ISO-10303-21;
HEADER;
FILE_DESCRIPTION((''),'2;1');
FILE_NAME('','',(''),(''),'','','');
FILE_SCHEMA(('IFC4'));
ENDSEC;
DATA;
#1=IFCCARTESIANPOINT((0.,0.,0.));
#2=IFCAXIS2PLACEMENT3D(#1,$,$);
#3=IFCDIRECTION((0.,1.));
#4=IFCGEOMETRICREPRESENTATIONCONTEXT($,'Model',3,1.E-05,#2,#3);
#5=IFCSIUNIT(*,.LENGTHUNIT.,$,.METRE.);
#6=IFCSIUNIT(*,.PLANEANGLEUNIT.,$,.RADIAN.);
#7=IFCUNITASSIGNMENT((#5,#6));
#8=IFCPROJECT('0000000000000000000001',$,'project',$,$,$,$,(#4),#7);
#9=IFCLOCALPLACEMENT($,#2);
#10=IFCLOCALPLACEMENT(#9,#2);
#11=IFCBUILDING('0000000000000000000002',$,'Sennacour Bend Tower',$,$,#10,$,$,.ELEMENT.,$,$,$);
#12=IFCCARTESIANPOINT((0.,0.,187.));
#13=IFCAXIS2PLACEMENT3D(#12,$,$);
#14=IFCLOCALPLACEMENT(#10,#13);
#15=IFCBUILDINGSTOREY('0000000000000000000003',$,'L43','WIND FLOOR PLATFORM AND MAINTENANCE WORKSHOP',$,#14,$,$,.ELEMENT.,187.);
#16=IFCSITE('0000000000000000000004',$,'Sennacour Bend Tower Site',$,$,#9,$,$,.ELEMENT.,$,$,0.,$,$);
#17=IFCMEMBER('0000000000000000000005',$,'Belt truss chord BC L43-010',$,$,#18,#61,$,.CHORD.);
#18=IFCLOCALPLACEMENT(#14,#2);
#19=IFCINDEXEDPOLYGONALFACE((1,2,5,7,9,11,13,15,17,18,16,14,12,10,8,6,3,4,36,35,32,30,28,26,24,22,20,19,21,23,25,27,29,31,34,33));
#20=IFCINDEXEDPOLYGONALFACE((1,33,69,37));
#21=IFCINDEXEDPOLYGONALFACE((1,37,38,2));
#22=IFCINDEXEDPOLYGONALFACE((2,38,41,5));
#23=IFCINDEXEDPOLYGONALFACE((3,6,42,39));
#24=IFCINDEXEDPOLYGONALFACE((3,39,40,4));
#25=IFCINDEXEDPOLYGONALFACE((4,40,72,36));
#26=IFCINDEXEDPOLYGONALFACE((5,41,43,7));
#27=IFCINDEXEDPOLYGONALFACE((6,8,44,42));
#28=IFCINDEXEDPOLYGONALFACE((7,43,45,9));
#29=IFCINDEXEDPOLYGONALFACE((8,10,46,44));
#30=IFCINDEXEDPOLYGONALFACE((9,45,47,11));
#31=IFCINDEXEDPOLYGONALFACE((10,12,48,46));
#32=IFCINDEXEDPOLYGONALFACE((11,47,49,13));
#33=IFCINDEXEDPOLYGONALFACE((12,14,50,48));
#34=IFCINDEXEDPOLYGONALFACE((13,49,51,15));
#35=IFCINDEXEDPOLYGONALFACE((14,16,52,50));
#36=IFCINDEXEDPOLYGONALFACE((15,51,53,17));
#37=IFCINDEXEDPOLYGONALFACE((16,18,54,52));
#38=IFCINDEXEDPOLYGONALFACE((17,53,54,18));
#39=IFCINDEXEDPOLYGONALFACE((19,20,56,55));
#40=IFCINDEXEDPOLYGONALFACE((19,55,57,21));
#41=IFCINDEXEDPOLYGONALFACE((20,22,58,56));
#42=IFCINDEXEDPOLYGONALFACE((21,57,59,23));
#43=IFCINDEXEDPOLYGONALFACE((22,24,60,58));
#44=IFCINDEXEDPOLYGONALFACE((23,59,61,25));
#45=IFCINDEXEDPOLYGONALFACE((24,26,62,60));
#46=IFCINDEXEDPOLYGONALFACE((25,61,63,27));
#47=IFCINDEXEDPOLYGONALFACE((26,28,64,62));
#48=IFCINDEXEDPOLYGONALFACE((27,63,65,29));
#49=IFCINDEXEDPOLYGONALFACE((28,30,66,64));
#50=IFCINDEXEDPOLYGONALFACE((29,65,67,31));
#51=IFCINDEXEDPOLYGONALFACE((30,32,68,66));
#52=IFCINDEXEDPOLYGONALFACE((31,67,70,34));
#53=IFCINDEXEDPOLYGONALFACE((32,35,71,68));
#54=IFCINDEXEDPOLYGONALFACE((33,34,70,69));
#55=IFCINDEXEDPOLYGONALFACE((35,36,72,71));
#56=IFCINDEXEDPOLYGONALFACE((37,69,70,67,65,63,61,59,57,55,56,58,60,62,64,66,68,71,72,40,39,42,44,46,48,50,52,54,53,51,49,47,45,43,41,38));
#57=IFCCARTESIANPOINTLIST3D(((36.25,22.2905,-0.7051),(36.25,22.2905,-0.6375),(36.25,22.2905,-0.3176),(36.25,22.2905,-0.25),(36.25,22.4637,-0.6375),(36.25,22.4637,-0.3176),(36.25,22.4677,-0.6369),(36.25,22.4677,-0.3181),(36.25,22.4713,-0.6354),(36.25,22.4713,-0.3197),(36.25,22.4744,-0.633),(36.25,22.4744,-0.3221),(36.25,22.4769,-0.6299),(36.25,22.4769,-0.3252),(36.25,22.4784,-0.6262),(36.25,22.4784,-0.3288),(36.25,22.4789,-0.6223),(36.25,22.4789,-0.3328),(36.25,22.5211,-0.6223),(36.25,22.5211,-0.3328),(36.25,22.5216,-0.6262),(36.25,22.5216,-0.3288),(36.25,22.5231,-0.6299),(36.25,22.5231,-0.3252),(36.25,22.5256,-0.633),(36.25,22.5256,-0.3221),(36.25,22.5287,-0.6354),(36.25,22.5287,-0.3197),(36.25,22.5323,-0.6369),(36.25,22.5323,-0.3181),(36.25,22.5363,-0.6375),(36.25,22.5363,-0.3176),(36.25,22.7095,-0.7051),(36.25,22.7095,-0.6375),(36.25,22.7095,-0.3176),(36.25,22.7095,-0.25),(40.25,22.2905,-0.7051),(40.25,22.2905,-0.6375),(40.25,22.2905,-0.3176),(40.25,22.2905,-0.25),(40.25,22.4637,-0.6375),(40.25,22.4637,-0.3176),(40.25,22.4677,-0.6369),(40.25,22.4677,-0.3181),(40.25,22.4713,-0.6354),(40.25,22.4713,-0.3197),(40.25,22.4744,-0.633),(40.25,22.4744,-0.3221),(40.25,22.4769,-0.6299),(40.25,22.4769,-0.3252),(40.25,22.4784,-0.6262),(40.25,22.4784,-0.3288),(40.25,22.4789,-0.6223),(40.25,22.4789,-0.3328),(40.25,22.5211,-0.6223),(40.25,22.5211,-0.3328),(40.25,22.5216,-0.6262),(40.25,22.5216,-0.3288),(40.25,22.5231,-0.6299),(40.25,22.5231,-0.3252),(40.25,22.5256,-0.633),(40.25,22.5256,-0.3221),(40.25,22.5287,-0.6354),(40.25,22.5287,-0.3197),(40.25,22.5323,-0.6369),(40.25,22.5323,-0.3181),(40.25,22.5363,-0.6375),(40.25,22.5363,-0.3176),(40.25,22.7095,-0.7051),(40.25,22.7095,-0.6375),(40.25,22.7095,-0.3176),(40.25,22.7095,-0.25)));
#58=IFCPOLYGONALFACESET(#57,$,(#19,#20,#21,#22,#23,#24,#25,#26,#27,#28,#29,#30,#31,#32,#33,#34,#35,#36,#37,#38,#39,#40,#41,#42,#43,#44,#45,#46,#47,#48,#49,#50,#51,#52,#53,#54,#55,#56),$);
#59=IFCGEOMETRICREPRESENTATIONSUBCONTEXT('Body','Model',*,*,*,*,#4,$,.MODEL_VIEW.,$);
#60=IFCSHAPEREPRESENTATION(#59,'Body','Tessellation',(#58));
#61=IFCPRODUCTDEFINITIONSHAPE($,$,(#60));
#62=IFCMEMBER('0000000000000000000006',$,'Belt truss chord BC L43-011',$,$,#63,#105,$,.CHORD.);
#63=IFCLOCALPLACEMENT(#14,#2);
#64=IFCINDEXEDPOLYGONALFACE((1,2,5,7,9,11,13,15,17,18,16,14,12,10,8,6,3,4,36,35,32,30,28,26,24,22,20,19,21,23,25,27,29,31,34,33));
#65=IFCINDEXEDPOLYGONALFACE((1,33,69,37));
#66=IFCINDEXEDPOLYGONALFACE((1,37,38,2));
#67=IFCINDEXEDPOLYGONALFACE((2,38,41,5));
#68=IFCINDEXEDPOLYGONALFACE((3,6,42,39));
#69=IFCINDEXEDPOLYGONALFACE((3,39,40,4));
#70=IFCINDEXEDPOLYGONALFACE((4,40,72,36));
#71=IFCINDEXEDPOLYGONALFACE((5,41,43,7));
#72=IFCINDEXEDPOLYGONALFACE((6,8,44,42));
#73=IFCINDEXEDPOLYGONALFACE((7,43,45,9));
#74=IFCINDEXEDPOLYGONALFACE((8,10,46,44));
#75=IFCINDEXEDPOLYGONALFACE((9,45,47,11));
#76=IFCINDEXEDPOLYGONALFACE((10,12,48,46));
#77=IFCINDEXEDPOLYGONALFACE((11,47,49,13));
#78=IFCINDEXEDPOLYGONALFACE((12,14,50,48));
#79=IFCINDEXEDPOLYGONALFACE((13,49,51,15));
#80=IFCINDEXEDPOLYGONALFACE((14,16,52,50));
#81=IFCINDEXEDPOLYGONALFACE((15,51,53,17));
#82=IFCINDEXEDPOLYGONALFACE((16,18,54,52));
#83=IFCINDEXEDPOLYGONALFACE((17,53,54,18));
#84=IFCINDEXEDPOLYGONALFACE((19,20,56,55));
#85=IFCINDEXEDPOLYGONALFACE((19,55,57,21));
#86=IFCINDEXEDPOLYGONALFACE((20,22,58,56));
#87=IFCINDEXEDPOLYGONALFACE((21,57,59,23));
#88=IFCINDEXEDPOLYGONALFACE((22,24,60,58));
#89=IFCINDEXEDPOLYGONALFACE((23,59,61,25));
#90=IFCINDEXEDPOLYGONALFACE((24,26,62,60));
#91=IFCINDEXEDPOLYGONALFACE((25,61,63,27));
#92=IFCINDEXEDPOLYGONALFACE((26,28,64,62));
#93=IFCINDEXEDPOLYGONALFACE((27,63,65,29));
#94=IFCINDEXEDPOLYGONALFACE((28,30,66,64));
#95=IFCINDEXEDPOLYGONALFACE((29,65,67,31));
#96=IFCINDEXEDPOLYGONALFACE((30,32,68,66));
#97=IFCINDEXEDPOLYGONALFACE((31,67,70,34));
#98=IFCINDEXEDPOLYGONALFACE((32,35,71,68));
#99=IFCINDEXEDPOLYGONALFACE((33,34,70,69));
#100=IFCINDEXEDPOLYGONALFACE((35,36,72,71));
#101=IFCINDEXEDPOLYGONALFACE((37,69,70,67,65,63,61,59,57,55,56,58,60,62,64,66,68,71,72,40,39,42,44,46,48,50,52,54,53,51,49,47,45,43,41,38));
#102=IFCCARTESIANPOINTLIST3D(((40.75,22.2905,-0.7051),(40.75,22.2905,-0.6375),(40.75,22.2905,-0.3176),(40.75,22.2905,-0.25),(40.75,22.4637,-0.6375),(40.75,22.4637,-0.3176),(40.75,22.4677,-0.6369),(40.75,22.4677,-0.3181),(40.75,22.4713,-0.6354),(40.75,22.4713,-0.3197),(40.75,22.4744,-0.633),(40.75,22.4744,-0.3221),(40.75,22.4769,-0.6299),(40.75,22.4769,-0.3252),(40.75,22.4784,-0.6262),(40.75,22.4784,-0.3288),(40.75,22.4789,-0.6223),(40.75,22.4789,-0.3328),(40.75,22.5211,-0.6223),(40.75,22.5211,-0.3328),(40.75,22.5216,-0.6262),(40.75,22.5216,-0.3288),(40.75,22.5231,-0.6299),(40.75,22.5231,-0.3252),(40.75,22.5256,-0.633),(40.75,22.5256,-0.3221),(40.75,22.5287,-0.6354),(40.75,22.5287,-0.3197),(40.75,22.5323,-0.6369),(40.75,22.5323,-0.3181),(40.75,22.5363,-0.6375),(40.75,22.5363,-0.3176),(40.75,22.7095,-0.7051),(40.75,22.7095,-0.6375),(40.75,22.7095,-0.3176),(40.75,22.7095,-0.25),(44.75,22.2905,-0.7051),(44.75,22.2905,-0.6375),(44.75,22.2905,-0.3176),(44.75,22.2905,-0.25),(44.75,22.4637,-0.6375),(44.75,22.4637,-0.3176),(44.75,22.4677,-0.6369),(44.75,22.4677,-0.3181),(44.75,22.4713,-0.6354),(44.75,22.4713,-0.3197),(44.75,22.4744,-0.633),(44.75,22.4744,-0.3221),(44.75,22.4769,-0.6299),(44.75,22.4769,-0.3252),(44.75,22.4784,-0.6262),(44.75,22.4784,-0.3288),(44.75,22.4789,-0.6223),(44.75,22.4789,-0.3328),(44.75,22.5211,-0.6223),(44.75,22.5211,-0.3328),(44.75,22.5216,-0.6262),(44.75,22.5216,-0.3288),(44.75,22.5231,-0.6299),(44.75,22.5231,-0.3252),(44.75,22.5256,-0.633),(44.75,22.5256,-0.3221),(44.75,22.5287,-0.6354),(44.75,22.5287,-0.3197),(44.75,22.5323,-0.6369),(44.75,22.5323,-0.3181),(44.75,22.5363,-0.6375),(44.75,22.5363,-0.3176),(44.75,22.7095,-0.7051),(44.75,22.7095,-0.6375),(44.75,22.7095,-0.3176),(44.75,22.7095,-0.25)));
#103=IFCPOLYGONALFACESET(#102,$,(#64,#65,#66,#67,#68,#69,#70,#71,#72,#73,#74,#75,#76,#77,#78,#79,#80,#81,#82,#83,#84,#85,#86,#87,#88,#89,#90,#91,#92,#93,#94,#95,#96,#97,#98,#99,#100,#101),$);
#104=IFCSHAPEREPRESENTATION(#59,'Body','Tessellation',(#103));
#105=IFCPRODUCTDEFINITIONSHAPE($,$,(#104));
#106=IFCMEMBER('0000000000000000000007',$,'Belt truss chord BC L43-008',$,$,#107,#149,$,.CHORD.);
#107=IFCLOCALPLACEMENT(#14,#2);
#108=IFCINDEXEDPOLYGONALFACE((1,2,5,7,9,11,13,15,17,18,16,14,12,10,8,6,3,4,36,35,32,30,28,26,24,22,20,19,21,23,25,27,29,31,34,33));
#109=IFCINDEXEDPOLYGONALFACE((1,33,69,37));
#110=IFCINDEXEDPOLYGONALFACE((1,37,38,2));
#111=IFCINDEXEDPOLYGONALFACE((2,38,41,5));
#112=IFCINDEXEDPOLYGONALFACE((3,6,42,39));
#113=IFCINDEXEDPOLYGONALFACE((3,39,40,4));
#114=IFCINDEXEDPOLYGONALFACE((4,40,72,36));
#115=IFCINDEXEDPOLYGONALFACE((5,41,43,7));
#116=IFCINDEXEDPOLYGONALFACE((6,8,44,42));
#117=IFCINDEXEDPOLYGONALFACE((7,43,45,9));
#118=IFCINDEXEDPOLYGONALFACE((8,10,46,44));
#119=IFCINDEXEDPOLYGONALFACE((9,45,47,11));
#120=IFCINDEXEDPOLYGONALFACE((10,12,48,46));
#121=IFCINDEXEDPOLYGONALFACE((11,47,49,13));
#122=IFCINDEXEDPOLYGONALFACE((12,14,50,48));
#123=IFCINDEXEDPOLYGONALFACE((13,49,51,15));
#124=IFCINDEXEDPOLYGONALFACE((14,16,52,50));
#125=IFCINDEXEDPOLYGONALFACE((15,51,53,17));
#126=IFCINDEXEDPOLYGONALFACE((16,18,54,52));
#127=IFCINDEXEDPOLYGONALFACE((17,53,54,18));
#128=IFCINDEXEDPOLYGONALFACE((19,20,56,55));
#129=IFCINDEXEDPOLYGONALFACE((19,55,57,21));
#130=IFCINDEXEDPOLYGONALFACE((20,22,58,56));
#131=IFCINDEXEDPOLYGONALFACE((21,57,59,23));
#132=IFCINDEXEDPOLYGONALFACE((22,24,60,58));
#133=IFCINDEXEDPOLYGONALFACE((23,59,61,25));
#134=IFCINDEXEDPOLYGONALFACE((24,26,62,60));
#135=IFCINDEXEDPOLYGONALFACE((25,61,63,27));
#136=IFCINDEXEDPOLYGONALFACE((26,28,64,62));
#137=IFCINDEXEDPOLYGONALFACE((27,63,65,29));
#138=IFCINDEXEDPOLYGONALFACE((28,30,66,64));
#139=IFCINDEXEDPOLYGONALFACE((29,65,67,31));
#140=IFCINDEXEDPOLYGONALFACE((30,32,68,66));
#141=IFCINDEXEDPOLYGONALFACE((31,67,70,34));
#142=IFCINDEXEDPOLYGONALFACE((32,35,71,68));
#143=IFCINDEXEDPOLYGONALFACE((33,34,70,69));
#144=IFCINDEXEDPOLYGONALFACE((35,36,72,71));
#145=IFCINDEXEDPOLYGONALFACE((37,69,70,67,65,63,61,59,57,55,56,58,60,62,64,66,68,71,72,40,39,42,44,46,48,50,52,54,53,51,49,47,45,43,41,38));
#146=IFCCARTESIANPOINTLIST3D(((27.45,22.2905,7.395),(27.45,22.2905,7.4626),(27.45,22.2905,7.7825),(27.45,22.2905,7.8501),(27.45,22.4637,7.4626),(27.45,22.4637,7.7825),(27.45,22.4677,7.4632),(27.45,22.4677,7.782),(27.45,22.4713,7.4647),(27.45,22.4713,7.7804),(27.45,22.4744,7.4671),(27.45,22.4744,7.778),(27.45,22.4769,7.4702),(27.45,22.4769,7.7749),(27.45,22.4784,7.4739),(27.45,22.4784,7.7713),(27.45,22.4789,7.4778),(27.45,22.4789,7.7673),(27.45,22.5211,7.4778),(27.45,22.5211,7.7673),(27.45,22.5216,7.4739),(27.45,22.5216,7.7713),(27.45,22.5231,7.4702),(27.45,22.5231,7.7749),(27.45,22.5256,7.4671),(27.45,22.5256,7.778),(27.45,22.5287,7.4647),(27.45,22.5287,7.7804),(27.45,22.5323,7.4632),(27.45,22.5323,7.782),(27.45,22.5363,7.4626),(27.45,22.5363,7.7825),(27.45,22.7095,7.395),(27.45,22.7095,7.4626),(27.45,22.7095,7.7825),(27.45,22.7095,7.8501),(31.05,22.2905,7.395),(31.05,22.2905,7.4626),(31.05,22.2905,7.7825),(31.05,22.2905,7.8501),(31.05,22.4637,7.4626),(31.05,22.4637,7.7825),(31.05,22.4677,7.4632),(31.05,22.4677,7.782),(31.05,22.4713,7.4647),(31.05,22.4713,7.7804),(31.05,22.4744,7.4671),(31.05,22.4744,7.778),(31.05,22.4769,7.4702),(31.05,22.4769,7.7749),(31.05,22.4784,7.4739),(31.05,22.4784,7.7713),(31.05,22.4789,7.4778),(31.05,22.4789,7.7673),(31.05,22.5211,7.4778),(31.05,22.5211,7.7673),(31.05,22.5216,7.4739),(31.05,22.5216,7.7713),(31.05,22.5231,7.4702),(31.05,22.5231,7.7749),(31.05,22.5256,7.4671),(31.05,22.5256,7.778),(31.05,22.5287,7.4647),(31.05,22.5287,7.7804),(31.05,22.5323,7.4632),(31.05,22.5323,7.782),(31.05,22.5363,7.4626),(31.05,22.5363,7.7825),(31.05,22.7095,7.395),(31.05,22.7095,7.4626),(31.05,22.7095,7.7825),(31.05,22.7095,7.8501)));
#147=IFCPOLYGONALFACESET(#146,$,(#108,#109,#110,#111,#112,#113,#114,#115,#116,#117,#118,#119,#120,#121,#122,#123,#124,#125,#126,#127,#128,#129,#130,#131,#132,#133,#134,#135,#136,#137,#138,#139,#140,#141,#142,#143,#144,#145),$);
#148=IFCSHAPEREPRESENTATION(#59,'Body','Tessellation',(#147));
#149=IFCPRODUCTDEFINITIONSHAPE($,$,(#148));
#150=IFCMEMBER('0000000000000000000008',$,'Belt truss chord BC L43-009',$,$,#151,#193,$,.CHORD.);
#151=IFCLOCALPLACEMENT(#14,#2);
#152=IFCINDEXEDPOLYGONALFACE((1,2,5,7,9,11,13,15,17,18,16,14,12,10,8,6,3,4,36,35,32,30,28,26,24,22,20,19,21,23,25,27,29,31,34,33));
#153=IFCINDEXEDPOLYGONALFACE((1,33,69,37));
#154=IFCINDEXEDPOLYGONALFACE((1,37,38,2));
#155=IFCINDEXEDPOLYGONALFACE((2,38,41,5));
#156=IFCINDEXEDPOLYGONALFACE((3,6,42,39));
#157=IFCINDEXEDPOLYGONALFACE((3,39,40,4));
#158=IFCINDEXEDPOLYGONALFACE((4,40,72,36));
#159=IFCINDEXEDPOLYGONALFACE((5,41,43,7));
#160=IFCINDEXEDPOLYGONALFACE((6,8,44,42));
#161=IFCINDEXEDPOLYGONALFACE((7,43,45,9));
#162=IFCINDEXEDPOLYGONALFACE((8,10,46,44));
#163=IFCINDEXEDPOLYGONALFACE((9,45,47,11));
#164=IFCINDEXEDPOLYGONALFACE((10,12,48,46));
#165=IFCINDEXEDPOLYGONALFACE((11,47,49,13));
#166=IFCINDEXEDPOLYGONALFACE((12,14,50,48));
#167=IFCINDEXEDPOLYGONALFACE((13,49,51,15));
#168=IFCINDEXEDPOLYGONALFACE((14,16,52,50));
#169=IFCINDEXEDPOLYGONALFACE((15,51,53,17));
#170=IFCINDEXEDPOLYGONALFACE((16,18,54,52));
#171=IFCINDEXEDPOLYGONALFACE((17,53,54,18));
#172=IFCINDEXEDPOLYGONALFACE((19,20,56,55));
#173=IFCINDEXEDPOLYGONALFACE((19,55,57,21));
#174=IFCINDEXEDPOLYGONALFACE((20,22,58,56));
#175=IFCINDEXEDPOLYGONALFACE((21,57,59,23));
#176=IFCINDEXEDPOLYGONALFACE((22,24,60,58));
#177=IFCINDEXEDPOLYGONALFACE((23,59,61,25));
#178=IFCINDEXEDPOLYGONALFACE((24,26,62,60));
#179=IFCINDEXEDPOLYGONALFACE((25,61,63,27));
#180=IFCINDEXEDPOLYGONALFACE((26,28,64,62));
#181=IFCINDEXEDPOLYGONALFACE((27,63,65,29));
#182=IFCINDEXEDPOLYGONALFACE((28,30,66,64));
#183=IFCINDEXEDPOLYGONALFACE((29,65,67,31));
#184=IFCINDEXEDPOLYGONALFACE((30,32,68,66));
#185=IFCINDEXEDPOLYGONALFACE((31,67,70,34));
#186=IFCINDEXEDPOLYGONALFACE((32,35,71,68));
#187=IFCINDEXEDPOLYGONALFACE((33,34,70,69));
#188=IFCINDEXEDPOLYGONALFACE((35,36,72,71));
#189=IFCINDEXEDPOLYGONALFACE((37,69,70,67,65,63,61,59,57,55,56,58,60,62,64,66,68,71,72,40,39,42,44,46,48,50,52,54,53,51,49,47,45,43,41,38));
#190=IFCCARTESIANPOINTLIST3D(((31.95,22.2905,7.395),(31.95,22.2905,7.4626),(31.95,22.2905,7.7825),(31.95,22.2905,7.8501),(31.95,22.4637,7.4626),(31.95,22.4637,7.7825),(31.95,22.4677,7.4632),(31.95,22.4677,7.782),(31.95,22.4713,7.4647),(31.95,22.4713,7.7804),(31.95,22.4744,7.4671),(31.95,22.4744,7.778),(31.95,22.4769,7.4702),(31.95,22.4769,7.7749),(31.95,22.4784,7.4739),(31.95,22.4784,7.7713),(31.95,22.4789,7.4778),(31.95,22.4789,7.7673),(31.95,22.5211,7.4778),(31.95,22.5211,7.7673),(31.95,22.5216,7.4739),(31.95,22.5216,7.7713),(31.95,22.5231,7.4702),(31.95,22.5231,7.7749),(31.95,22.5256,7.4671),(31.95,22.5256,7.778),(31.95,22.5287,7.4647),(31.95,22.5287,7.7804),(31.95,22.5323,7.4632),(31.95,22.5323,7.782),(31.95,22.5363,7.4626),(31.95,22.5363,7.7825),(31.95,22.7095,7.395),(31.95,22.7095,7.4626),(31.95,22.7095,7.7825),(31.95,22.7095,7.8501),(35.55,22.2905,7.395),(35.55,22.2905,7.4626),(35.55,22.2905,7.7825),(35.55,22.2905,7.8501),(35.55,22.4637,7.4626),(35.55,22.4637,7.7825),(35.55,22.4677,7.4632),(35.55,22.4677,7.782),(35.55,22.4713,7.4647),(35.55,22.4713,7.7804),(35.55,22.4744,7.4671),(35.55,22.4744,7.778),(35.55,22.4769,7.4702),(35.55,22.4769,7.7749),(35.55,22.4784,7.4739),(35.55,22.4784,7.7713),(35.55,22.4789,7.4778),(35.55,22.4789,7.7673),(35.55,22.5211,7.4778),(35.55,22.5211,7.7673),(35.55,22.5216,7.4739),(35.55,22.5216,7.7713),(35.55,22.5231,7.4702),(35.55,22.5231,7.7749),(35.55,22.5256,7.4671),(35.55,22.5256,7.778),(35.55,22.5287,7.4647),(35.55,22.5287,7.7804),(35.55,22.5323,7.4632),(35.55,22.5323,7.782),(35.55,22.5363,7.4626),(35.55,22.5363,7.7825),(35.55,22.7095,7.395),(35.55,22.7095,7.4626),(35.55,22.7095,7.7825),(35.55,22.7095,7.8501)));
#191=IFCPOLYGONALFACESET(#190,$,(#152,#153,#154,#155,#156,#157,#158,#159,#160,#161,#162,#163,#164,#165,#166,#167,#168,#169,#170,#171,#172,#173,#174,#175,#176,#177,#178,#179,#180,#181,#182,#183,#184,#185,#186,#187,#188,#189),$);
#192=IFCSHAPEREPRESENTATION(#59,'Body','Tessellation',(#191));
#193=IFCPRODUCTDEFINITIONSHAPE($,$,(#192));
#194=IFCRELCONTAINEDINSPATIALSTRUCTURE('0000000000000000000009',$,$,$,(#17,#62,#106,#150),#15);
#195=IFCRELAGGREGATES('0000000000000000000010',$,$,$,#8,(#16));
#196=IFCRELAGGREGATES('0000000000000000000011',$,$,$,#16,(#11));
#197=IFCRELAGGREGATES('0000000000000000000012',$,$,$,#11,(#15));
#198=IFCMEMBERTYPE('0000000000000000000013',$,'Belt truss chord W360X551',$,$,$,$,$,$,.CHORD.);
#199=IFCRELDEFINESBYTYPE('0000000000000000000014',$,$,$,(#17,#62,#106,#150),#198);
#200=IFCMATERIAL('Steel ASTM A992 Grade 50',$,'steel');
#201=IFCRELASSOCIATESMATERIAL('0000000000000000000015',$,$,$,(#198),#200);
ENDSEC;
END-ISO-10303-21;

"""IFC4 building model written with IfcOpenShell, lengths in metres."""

from ifc_helpers import new_model, si_unit, direction, frame, origin, origin_2d, place, context, subcontext, project, spatial, i_section, extrude, material, material_profile, profile_set, type_object, element, save


model = new_model("IFC4")

# Units and contexts
model_context = context("Model", 3, precision=1e-05, world=origin(), true_north=direction((0.0, 1.0)))
body_context = subcontext(model_context, "Body", "Model", "MODEL_VIEW")
ifc_project = project(units=[si_unit("LENGTHUNIT", "METRE"), si_unit("PLANEANGLEUNIT", "RADIAN")], contexts=[model_context])

# Site, building, storey
site_placement = place(None, origin())
site = spatial("IfcSite", under=ifc_project, at=site_placement, Name="Sennacour Bend Tower Site", CompositionType="ELEMENT", RefElevation=0.0)
building_placement = place(site_placement, origin())
building = spatial("IfcBuilding", under=site, at=building_placement, Name="Sennacour Bend Tower", CompositionType="ELEMENT")
storey_placement = place(building_placement, frame((0.0, 0.0, 187.0)))
storey = spatial("IfcBuildingStorey", under=building, at=storey_placement, Name="L43", Description="WIND FLOOR PLATFORM AND MAINTENANCE WORKSHOP", CompositionType="ELEMENT", Elevation=187.0)

# Members
ifc_material_1 = material(Name="Steel ASTM A992 Grade 50", Category="steel")
ifc_material_profile_1 = material_profile(ifc_material_1, i_section(OverallWidth=0.4189, OverallDepth=0.4551, WebThickness=0.0422, FlangeThickness=0.0676, FilletRadius=0.0151, at=origin_2d()), Name="Steel ASTM A992 Grade 50", Category="steel")
ifc_profile_set_1 = profile_set([ifc_material_profile_1], Name="Steel ASTM A992 Grade 50")
member_type_1 = type_object("IfcMemberType", Name="Belt truss chord W360X551", PredefinedType="CHORD", material=ifc_profile_set_1)
for number, where, z_axis, x_axis, name in (
    (1, (36.25, 22.5, -0.4775), (1.0, 0.0, 0.0), (0.0, 1.0, 0.0), "Belt truss chord BC L43-010"),
    (2, (40.75, 22.5, -0.4775), (1.0, 0.0, 0.0), (0.0, 1.0, 0.0), "Belt truss chord BC L43-011"),
):
    element("IfcMember", number, at=place(storey_placement, frame(where, z_axis=z_axis, x_axis=x_axis)), inside=storey, type_object=member_type_1, Name=name, PredefinedType="CHORD", context=body_context, shape_type="SweptSolid", body=[
        extrude(i_section(OverallWidth=0.4189, OverallDepth=0.4551, WebThickness=0.0422, FlangeThickness=0.0676, FilletRadius=0.0151, at=origin_2d()), origin(), (0.0, 0.0, 1.0), 4.0),
    ])
for number, where, z_axis, x_axis, name in (
    (3, (27.45, 22.5, 7.6226), (1.0, 0.0, 0.0), (0.0, 1.0, 0.0), "Belt truss chord BC L43-008"),
    (4, (31.95, 22.5, 7.6226), (1.0, 0.0, 0.0), (0.0, 1.0, 0.0), "Belt truss chord BC L43-009"),
):
    element("IfcMember", number, at=place(storey_placement, frame(where, z_axis=z_axis, x_axis=x_axis)), inside=storey, type_object=member_type_1, Name=name, PredefinedType="CHORD", context=body_context, shape_type="SweptSolid", body=[
        extrude(i_section(OverallWidth=0.4189, OverallDepth=0.4551, WebThickness=0.0422, FlangeThickness=0.0676, FilletRadius=0.0151, at=origin_2d()), origin(), (0.0, 0.0, 1.0), 3.6001),
    ])

save(model, "model.ifc")
